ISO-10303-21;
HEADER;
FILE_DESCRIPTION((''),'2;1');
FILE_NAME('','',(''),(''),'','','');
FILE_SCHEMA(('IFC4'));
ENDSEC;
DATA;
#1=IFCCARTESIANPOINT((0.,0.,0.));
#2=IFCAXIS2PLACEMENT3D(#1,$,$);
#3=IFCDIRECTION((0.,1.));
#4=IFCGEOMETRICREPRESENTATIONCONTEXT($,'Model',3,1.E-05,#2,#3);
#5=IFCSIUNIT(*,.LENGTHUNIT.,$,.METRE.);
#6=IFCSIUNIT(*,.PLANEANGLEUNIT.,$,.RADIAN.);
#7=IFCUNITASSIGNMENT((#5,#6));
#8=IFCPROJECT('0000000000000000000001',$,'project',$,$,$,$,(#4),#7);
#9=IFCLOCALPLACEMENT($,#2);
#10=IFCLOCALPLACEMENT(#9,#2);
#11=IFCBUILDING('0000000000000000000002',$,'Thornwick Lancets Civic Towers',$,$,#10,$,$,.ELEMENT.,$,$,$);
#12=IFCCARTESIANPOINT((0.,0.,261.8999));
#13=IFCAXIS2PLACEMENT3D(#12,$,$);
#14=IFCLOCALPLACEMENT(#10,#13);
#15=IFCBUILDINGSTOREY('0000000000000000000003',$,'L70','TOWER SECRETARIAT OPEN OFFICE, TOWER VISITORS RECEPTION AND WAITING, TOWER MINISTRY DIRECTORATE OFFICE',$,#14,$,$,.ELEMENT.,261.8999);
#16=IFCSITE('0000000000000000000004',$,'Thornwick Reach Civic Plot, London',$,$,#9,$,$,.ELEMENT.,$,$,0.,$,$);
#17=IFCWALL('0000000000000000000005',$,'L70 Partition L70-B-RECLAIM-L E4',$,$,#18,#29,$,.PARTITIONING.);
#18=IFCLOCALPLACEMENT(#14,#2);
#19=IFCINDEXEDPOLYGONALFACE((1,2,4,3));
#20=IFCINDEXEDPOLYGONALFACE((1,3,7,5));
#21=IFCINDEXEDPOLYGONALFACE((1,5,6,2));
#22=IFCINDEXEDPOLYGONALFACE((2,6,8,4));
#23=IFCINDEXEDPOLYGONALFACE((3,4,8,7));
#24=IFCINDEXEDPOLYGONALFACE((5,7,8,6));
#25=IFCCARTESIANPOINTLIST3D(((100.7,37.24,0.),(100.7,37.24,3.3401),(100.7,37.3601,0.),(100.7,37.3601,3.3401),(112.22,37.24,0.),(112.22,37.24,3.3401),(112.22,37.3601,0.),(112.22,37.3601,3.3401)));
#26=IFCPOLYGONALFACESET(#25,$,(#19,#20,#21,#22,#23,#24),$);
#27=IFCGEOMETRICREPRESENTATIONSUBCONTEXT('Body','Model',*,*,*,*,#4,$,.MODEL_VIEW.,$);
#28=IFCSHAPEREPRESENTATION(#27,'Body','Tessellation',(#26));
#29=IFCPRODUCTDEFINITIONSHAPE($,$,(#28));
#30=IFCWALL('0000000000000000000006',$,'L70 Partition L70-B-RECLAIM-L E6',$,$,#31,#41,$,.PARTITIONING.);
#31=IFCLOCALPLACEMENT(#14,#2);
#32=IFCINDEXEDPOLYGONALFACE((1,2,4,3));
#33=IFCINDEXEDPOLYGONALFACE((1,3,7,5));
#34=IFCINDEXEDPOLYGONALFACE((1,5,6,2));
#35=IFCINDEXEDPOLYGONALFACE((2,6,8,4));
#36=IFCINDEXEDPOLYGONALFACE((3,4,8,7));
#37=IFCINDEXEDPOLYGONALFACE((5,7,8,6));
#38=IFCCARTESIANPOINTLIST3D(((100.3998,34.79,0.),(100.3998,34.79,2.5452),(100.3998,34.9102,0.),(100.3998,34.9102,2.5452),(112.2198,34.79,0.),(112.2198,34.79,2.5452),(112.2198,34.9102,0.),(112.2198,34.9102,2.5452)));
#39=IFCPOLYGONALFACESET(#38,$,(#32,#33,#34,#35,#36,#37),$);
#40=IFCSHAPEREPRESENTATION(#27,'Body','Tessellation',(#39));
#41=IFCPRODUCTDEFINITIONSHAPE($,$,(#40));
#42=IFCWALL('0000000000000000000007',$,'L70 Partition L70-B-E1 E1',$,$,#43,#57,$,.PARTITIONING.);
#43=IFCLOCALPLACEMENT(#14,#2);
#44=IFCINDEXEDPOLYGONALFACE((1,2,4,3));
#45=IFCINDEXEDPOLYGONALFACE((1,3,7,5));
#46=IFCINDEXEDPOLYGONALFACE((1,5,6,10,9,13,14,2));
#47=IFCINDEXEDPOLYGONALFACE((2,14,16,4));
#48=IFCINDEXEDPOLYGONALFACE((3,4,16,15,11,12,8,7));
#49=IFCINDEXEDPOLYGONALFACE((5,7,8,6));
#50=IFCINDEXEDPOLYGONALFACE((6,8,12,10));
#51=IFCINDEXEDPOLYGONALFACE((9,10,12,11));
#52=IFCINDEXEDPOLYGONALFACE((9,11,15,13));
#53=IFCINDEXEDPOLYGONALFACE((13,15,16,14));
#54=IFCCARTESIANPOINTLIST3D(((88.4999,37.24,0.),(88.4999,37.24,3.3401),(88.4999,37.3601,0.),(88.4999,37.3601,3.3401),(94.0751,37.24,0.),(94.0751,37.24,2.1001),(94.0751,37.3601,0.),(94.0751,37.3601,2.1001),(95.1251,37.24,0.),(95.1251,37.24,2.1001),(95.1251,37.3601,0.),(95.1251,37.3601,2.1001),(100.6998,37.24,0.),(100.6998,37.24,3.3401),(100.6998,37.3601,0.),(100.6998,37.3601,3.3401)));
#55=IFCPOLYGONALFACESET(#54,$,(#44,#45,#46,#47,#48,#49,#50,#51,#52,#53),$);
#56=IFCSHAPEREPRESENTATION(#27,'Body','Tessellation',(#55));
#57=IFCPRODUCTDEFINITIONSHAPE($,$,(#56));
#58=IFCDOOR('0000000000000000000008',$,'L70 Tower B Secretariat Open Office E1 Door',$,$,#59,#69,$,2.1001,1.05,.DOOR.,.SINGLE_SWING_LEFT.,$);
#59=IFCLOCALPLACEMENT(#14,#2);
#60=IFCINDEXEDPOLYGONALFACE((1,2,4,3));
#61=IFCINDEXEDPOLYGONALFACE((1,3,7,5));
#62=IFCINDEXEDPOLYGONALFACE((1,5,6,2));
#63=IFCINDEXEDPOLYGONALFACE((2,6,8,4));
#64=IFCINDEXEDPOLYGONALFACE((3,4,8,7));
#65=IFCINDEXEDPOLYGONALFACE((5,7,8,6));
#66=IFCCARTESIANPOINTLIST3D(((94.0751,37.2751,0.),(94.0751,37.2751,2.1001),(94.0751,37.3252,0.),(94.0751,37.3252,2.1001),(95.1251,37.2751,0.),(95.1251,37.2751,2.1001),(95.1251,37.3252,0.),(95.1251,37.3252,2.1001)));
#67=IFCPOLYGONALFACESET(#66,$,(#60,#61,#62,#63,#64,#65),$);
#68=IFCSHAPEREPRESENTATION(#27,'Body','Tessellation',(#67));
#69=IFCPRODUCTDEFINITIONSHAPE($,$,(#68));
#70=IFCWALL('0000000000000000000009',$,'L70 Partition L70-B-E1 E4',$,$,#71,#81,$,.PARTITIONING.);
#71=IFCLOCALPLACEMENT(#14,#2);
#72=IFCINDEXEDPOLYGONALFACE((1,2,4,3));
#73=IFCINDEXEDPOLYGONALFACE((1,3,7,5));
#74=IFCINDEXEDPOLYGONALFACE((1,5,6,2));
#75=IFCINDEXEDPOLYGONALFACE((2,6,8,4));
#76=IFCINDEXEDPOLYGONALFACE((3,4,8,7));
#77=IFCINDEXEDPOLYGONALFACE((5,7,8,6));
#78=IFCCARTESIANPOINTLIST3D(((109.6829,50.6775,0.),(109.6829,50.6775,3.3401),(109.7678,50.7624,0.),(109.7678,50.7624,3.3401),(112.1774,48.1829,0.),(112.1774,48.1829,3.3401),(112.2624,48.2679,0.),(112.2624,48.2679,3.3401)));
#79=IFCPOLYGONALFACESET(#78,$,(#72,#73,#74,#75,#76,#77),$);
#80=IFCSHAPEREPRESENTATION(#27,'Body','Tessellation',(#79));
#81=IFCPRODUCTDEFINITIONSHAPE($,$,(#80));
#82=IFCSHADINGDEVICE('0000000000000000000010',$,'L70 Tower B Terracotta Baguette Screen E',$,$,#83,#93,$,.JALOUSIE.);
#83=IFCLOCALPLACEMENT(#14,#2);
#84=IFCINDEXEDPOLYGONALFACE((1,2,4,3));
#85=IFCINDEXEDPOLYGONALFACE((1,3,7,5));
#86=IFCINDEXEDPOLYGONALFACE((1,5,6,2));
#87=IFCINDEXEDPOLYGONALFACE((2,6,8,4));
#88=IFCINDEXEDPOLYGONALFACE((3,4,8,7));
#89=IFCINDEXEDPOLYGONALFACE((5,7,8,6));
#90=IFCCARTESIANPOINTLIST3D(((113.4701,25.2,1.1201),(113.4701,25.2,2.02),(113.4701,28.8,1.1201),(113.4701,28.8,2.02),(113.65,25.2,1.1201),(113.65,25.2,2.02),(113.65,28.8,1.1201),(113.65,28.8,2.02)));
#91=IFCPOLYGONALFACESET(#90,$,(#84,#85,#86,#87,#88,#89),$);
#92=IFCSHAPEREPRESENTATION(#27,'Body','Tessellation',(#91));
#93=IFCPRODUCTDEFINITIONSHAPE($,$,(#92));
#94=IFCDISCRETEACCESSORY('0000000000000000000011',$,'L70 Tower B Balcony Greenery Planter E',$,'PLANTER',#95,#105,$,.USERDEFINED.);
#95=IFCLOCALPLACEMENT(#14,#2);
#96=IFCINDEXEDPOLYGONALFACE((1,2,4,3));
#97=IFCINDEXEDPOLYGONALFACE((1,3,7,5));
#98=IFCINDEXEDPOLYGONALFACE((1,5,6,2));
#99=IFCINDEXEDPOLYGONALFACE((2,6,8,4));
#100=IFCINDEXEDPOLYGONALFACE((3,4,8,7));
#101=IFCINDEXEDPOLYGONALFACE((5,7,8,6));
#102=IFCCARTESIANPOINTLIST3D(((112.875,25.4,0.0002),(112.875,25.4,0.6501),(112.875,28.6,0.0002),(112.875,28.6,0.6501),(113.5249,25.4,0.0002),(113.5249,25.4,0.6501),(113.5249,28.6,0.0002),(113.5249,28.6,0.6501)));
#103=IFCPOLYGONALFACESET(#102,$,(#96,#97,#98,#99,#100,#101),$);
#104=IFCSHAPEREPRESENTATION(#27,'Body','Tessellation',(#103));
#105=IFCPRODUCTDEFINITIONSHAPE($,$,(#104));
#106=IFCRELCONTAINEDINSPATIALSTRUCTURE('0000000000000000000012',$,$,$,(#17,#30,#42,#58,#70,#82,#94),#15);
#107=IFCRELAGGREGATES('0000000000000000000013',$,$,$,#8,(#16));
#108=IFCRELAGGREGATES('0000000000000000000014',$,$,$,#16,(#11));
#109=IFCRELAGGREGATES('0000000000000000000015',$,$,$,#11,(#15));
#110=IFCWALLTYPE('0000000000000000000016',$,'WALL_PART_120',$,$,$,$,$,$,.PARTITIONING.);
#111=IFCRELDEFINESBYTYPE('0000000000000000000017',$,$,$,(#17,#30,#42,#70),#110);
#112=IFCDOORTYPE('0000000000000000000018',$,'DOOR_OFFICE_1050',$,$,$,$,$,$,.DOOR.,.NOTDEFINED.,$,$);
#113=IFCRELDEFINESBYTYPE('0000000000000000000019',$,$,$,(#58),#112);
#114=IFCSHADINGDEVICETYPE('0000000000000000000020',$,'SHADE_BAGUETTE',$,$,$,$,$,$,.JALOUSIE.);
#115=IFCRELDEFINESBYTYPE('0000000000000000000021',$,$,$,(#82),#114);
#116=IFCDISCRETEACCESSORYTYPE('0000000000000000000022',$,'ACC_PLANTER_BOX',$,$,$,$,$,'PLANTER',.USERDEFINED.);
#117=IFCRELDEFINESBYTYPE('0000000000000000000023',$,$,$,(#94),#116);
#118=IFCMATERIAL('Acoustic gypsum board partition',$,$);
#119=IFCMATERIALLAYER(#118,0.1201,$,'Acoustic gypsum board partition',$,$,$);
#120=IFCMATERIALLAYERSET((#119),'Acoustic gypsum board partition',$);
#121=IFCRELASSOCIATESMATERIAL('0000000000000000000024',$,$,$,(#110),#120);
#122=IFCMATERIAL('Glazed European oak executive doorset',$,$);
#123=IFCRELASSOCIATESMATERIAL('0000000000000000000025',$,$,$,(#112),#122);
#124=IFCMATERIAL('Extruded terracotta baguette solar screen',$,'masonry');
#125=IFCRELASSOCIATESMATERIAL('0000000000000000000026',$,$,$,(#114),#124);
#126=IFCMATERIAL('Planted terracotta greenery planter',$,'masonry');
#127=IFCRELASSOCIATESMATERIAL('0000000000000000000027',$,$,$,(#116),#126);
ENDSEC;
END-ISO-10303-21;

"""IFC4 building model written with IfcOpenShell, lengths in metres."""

from ifc_helpers import new_model, si_unit, direction, frame, frame_2d, origin, origin_2d, place, context, subcontext, project, spatial, rectangle, extrude, material, layer, layer_set, type_object, element, fill, save


model = new_model("IFC4")

# Units and contexts
model_context = context("Model", 3, precision=1e-05, world=origin(), true_north=direction((0.0, 1.0)))
body_context = subcontext(model_context, "Body", "Model", "MODEL_VIEW")
ifc_project = project(units=[si_unit("LENGTHUNIT", "METRE"), si_unit("PLANEANGLEUNIT", "RADIAN")], contexts=[model_context])

# Site, building, storey
site_placement = place(None, origin())
site = spatial("IfcSite", under=ifc_project, at=site_placement, Name="Thornwick Reach Civic Plot, London", CompositionType="ELEMENT", RefElevation=0.0)
building_placement = place(site_placement, origin())
building = spatial("IfcBuilding", under=site, at=building_placement, Name="Thornwick Lancets Civic Towers", CompositionType="ELEMENT")
storey_placement = place(building_placement, frame((0.0, 0.0, 261.8999)))
storey = spatial("IfcBuildingStorey", under=building, at=storey_placement, Name="L70", Description="TOWER SECRETARIAT OPEN OFFICE, TOWER VISITORS RECEPTION AND WAITING, TOWER MINISTRY DIRECTORATE OFFICE", CompositionType="ELEMENT", Elevation=261.8999)

# Walls
ifc_material_1 = material(Name="Acoustic gypsum board partition")
ifc_layer_1 = layer(ifc_material_1, 0.1201, Name="Acoustic gypsum board partition")
ifc_layer_set_1 = layer_set([ifc_layer_1], Name="Acoustic gypsum board partition")
wall_type_1 = type_object("IfcWallType", Name="WALL_PART_120", PredefinedType="PARTITIONING", material=ifc_layer_set_1)
wall_1_placement = place(storey_placement, frame((100.7, 37.3, 0.0), z_axis=(0.0, 0.0, 1.0), x_axis=(1.0, 0.0, 0.0)))
element("IfcWall", 1, at=wall_1_placement, inside=storey, type_object=wall_type_1, Name="L70 Partition L70-B-RECLAIM-L E4", PredefinedType="PARTITIONING", context=body_context, shape_type="SweptSolid", body=[
    extrude(rectangle(XDim=11.52, YDim=0.1201, at=frame_2d((5.76, 0.0))), origin(), (0.0, 0.0, 1.0), 3.3401),
])
wall_2_placement = place(storey_placement, frame((112.22, 34.8501, 0.0), z_axis=(0.0, 0.0, 1.0), x_axis=(-1.0, 0.0, 0.0)))
element("IfcWall", 2, at=wall_2_placement, inside=storey, type_object=wall_type_1, Name="L70 Partition L70-B-RECLAIM-L E6", PredefinedType="PARTITIONING", context=body_context, shape_type="SweptSolid", body=[
    extrude(rectangle(XDim=11.8201, YDim=0.1201, at=frame_2d((5.9102, 0.0))), origin(), (0.0, 0.0, 1.0), 2.5452),
])

# Wall, opening, door
wall_3_placement = place(storey_placement, frame((100.7, 37.3, 0.0), z_axis=(0.0, 0.0, 1.0), x_axis=(-1.0, 0.0, 0.0)))
wall_3 = element("IfcWall", 3, at=wall_3_placement, inside=storey, type_object=wall_type_1, Name="L70 Partition L70-B-E1 E1", PredefinedType="PARTITIONING", context=body_context, shape_type="SweptSolid", body=[
    extrude(rectangle(XDim=12.2, YDim=0.1201, at=frame_2d((6.1001, 0.0))), origin(), (0.0, 0.0, 1.0), 3.3401),
])
opening_1_placement = place(wall_3_placement, frame((5.575, 0.0, 0.0)))
opening_1 = element("IfcOpeningElement", 4, at=opening_1_placement, cuts=wall_3, PredefinedType="OPENING", context=body_context, shape_type="SweptSolid", body=[
    extrude(rectangle(XDim=1.05, YDim=2.1001, at=frame_2d((0.5249, 1.05))), frame((0.0, 0.0701, 0.0), z_axis=(0.0, -1.0, 0.0), x_axis=(1.0, 0.0, 0.0)), (0.0, 0.0, 1.0), 0.1401),
])
ifc_material_2 = material(Name="Glazed European oak executive doorset")
door_type = type_object("IfcDoorType", Name="DOOR_OFFICE_1050", OperationType="NOTDEFINED", PredefinedType="DOOR", material=ifc_material_2)
door_placement = place(opening_1_placement, origin())
door = element("IfcDoor", 5, at=door_placement, inside=storey, type_object=door_type, Name="L70 Tower B Secretariat Open Office E1 Door", OperationType="SINGLE_SWING_LEFT", OverallHeight=2.1001, OverallWidth=1.05, PredefinedType="DOOR", context=body_context, shape_type="SweptSolid", body=[
    extrude(rectangle(XDim=1.05, YDim=2.1001, at=frame_2d((0.5249, 1.05))), frame((0.0, 0.0249, 0.0), z_axis=(0.0, -1.0, 0.0), x_axis=(1.0, 0.0, 0.0)), (0.0, 0.0, 1.0), 0.05),
])
fill(opening_1, door)

# Wall
wall_4_placement = place(storey_placement, frame((109.7253, 50.72, 0.0), z_axis=(0.0, 0.0, 1.0), x_axis=(0.707107, -0.707107, 0.0)))
element("IfcWall", 6, at=wall_4_placement, inside=storey, type_object=wall_type_1, Name="L70 Partition L70-B-E1 E4", PredefinedType="PARTITIONING", context=body_context, shape_type="SweptSolid", body=[
    extrude(rectangle(XDim=3.5278, YDim=0.1201, at=frame_2d((1.7639, 0.0))), origin(), (0.0, 0.0, 1.0), 3.3401),
])

# Shading device
ifc_material_3 = material(Name="Extruded terracotta baguette solar screen", Category="masonry")
shading_device_type = type_object("IfcShadingDeviceType", Name="SHADE_BAGUETTE", PredefinedType="JALOUSIE", material=ifc_material_3)
shading_device_placement = place(storey_placement, frame((113.5601, 27.0, 1.1201), z_axis=(0.0, 0.0, 1.0), x_axis=(0.0, 1.0, 0.0)))
element("IfcShadingDevice", 7, at=shading_device_placement, inside=storey, type_object=shading_device_type, Name="L70 Tower B Terracotta Baguette Screen E", PredefinedType="JALOUSIE", context=body_context, shape_type="SweptSolid", body=[
    extrude(rectangle(XDim=3.6001, YDim=0.1799, at=origin_2d()), origin(), (0.0, 0.0, 1.0), 0.8999),
])

# Discrete accessory
ifc_material_4 = material(Name="Planted terracotta greenery planter", Category="masonry")
discrete_accessory_type = type_object("IfcDiscreteAccessoryType", Name="ACC_PLANTER_BOX", ElementType="PLANTER", PredefinedType="USERDEFINED", material=ifc_material_4)
discrete_accessory_placement = place(storey_placement, frame((113.2, 27.0, 0.0002), z_axis=(0.0, 0.0, 1.0), x_axis=(1.0, 0.0, 0.0)))
element("IfcDiscreteAccessory", 8, at=discrete_accessory_placement, inside=storey, type_object=discrete_accessory_type, Name="L70 Tower B Balcony Greenery Planter E", ObjectType="PLANTER", PredefinedType="USERDEFINED", context=body_context, shape_type="SweptSolid", body=[
    extrude(rectangle(XDim=0.6499, YDim=3.2, at=origin_2d()), origin(), (0.0, 0.0, 1.0), 0.6499),
])

save(model, "model.ifc")
